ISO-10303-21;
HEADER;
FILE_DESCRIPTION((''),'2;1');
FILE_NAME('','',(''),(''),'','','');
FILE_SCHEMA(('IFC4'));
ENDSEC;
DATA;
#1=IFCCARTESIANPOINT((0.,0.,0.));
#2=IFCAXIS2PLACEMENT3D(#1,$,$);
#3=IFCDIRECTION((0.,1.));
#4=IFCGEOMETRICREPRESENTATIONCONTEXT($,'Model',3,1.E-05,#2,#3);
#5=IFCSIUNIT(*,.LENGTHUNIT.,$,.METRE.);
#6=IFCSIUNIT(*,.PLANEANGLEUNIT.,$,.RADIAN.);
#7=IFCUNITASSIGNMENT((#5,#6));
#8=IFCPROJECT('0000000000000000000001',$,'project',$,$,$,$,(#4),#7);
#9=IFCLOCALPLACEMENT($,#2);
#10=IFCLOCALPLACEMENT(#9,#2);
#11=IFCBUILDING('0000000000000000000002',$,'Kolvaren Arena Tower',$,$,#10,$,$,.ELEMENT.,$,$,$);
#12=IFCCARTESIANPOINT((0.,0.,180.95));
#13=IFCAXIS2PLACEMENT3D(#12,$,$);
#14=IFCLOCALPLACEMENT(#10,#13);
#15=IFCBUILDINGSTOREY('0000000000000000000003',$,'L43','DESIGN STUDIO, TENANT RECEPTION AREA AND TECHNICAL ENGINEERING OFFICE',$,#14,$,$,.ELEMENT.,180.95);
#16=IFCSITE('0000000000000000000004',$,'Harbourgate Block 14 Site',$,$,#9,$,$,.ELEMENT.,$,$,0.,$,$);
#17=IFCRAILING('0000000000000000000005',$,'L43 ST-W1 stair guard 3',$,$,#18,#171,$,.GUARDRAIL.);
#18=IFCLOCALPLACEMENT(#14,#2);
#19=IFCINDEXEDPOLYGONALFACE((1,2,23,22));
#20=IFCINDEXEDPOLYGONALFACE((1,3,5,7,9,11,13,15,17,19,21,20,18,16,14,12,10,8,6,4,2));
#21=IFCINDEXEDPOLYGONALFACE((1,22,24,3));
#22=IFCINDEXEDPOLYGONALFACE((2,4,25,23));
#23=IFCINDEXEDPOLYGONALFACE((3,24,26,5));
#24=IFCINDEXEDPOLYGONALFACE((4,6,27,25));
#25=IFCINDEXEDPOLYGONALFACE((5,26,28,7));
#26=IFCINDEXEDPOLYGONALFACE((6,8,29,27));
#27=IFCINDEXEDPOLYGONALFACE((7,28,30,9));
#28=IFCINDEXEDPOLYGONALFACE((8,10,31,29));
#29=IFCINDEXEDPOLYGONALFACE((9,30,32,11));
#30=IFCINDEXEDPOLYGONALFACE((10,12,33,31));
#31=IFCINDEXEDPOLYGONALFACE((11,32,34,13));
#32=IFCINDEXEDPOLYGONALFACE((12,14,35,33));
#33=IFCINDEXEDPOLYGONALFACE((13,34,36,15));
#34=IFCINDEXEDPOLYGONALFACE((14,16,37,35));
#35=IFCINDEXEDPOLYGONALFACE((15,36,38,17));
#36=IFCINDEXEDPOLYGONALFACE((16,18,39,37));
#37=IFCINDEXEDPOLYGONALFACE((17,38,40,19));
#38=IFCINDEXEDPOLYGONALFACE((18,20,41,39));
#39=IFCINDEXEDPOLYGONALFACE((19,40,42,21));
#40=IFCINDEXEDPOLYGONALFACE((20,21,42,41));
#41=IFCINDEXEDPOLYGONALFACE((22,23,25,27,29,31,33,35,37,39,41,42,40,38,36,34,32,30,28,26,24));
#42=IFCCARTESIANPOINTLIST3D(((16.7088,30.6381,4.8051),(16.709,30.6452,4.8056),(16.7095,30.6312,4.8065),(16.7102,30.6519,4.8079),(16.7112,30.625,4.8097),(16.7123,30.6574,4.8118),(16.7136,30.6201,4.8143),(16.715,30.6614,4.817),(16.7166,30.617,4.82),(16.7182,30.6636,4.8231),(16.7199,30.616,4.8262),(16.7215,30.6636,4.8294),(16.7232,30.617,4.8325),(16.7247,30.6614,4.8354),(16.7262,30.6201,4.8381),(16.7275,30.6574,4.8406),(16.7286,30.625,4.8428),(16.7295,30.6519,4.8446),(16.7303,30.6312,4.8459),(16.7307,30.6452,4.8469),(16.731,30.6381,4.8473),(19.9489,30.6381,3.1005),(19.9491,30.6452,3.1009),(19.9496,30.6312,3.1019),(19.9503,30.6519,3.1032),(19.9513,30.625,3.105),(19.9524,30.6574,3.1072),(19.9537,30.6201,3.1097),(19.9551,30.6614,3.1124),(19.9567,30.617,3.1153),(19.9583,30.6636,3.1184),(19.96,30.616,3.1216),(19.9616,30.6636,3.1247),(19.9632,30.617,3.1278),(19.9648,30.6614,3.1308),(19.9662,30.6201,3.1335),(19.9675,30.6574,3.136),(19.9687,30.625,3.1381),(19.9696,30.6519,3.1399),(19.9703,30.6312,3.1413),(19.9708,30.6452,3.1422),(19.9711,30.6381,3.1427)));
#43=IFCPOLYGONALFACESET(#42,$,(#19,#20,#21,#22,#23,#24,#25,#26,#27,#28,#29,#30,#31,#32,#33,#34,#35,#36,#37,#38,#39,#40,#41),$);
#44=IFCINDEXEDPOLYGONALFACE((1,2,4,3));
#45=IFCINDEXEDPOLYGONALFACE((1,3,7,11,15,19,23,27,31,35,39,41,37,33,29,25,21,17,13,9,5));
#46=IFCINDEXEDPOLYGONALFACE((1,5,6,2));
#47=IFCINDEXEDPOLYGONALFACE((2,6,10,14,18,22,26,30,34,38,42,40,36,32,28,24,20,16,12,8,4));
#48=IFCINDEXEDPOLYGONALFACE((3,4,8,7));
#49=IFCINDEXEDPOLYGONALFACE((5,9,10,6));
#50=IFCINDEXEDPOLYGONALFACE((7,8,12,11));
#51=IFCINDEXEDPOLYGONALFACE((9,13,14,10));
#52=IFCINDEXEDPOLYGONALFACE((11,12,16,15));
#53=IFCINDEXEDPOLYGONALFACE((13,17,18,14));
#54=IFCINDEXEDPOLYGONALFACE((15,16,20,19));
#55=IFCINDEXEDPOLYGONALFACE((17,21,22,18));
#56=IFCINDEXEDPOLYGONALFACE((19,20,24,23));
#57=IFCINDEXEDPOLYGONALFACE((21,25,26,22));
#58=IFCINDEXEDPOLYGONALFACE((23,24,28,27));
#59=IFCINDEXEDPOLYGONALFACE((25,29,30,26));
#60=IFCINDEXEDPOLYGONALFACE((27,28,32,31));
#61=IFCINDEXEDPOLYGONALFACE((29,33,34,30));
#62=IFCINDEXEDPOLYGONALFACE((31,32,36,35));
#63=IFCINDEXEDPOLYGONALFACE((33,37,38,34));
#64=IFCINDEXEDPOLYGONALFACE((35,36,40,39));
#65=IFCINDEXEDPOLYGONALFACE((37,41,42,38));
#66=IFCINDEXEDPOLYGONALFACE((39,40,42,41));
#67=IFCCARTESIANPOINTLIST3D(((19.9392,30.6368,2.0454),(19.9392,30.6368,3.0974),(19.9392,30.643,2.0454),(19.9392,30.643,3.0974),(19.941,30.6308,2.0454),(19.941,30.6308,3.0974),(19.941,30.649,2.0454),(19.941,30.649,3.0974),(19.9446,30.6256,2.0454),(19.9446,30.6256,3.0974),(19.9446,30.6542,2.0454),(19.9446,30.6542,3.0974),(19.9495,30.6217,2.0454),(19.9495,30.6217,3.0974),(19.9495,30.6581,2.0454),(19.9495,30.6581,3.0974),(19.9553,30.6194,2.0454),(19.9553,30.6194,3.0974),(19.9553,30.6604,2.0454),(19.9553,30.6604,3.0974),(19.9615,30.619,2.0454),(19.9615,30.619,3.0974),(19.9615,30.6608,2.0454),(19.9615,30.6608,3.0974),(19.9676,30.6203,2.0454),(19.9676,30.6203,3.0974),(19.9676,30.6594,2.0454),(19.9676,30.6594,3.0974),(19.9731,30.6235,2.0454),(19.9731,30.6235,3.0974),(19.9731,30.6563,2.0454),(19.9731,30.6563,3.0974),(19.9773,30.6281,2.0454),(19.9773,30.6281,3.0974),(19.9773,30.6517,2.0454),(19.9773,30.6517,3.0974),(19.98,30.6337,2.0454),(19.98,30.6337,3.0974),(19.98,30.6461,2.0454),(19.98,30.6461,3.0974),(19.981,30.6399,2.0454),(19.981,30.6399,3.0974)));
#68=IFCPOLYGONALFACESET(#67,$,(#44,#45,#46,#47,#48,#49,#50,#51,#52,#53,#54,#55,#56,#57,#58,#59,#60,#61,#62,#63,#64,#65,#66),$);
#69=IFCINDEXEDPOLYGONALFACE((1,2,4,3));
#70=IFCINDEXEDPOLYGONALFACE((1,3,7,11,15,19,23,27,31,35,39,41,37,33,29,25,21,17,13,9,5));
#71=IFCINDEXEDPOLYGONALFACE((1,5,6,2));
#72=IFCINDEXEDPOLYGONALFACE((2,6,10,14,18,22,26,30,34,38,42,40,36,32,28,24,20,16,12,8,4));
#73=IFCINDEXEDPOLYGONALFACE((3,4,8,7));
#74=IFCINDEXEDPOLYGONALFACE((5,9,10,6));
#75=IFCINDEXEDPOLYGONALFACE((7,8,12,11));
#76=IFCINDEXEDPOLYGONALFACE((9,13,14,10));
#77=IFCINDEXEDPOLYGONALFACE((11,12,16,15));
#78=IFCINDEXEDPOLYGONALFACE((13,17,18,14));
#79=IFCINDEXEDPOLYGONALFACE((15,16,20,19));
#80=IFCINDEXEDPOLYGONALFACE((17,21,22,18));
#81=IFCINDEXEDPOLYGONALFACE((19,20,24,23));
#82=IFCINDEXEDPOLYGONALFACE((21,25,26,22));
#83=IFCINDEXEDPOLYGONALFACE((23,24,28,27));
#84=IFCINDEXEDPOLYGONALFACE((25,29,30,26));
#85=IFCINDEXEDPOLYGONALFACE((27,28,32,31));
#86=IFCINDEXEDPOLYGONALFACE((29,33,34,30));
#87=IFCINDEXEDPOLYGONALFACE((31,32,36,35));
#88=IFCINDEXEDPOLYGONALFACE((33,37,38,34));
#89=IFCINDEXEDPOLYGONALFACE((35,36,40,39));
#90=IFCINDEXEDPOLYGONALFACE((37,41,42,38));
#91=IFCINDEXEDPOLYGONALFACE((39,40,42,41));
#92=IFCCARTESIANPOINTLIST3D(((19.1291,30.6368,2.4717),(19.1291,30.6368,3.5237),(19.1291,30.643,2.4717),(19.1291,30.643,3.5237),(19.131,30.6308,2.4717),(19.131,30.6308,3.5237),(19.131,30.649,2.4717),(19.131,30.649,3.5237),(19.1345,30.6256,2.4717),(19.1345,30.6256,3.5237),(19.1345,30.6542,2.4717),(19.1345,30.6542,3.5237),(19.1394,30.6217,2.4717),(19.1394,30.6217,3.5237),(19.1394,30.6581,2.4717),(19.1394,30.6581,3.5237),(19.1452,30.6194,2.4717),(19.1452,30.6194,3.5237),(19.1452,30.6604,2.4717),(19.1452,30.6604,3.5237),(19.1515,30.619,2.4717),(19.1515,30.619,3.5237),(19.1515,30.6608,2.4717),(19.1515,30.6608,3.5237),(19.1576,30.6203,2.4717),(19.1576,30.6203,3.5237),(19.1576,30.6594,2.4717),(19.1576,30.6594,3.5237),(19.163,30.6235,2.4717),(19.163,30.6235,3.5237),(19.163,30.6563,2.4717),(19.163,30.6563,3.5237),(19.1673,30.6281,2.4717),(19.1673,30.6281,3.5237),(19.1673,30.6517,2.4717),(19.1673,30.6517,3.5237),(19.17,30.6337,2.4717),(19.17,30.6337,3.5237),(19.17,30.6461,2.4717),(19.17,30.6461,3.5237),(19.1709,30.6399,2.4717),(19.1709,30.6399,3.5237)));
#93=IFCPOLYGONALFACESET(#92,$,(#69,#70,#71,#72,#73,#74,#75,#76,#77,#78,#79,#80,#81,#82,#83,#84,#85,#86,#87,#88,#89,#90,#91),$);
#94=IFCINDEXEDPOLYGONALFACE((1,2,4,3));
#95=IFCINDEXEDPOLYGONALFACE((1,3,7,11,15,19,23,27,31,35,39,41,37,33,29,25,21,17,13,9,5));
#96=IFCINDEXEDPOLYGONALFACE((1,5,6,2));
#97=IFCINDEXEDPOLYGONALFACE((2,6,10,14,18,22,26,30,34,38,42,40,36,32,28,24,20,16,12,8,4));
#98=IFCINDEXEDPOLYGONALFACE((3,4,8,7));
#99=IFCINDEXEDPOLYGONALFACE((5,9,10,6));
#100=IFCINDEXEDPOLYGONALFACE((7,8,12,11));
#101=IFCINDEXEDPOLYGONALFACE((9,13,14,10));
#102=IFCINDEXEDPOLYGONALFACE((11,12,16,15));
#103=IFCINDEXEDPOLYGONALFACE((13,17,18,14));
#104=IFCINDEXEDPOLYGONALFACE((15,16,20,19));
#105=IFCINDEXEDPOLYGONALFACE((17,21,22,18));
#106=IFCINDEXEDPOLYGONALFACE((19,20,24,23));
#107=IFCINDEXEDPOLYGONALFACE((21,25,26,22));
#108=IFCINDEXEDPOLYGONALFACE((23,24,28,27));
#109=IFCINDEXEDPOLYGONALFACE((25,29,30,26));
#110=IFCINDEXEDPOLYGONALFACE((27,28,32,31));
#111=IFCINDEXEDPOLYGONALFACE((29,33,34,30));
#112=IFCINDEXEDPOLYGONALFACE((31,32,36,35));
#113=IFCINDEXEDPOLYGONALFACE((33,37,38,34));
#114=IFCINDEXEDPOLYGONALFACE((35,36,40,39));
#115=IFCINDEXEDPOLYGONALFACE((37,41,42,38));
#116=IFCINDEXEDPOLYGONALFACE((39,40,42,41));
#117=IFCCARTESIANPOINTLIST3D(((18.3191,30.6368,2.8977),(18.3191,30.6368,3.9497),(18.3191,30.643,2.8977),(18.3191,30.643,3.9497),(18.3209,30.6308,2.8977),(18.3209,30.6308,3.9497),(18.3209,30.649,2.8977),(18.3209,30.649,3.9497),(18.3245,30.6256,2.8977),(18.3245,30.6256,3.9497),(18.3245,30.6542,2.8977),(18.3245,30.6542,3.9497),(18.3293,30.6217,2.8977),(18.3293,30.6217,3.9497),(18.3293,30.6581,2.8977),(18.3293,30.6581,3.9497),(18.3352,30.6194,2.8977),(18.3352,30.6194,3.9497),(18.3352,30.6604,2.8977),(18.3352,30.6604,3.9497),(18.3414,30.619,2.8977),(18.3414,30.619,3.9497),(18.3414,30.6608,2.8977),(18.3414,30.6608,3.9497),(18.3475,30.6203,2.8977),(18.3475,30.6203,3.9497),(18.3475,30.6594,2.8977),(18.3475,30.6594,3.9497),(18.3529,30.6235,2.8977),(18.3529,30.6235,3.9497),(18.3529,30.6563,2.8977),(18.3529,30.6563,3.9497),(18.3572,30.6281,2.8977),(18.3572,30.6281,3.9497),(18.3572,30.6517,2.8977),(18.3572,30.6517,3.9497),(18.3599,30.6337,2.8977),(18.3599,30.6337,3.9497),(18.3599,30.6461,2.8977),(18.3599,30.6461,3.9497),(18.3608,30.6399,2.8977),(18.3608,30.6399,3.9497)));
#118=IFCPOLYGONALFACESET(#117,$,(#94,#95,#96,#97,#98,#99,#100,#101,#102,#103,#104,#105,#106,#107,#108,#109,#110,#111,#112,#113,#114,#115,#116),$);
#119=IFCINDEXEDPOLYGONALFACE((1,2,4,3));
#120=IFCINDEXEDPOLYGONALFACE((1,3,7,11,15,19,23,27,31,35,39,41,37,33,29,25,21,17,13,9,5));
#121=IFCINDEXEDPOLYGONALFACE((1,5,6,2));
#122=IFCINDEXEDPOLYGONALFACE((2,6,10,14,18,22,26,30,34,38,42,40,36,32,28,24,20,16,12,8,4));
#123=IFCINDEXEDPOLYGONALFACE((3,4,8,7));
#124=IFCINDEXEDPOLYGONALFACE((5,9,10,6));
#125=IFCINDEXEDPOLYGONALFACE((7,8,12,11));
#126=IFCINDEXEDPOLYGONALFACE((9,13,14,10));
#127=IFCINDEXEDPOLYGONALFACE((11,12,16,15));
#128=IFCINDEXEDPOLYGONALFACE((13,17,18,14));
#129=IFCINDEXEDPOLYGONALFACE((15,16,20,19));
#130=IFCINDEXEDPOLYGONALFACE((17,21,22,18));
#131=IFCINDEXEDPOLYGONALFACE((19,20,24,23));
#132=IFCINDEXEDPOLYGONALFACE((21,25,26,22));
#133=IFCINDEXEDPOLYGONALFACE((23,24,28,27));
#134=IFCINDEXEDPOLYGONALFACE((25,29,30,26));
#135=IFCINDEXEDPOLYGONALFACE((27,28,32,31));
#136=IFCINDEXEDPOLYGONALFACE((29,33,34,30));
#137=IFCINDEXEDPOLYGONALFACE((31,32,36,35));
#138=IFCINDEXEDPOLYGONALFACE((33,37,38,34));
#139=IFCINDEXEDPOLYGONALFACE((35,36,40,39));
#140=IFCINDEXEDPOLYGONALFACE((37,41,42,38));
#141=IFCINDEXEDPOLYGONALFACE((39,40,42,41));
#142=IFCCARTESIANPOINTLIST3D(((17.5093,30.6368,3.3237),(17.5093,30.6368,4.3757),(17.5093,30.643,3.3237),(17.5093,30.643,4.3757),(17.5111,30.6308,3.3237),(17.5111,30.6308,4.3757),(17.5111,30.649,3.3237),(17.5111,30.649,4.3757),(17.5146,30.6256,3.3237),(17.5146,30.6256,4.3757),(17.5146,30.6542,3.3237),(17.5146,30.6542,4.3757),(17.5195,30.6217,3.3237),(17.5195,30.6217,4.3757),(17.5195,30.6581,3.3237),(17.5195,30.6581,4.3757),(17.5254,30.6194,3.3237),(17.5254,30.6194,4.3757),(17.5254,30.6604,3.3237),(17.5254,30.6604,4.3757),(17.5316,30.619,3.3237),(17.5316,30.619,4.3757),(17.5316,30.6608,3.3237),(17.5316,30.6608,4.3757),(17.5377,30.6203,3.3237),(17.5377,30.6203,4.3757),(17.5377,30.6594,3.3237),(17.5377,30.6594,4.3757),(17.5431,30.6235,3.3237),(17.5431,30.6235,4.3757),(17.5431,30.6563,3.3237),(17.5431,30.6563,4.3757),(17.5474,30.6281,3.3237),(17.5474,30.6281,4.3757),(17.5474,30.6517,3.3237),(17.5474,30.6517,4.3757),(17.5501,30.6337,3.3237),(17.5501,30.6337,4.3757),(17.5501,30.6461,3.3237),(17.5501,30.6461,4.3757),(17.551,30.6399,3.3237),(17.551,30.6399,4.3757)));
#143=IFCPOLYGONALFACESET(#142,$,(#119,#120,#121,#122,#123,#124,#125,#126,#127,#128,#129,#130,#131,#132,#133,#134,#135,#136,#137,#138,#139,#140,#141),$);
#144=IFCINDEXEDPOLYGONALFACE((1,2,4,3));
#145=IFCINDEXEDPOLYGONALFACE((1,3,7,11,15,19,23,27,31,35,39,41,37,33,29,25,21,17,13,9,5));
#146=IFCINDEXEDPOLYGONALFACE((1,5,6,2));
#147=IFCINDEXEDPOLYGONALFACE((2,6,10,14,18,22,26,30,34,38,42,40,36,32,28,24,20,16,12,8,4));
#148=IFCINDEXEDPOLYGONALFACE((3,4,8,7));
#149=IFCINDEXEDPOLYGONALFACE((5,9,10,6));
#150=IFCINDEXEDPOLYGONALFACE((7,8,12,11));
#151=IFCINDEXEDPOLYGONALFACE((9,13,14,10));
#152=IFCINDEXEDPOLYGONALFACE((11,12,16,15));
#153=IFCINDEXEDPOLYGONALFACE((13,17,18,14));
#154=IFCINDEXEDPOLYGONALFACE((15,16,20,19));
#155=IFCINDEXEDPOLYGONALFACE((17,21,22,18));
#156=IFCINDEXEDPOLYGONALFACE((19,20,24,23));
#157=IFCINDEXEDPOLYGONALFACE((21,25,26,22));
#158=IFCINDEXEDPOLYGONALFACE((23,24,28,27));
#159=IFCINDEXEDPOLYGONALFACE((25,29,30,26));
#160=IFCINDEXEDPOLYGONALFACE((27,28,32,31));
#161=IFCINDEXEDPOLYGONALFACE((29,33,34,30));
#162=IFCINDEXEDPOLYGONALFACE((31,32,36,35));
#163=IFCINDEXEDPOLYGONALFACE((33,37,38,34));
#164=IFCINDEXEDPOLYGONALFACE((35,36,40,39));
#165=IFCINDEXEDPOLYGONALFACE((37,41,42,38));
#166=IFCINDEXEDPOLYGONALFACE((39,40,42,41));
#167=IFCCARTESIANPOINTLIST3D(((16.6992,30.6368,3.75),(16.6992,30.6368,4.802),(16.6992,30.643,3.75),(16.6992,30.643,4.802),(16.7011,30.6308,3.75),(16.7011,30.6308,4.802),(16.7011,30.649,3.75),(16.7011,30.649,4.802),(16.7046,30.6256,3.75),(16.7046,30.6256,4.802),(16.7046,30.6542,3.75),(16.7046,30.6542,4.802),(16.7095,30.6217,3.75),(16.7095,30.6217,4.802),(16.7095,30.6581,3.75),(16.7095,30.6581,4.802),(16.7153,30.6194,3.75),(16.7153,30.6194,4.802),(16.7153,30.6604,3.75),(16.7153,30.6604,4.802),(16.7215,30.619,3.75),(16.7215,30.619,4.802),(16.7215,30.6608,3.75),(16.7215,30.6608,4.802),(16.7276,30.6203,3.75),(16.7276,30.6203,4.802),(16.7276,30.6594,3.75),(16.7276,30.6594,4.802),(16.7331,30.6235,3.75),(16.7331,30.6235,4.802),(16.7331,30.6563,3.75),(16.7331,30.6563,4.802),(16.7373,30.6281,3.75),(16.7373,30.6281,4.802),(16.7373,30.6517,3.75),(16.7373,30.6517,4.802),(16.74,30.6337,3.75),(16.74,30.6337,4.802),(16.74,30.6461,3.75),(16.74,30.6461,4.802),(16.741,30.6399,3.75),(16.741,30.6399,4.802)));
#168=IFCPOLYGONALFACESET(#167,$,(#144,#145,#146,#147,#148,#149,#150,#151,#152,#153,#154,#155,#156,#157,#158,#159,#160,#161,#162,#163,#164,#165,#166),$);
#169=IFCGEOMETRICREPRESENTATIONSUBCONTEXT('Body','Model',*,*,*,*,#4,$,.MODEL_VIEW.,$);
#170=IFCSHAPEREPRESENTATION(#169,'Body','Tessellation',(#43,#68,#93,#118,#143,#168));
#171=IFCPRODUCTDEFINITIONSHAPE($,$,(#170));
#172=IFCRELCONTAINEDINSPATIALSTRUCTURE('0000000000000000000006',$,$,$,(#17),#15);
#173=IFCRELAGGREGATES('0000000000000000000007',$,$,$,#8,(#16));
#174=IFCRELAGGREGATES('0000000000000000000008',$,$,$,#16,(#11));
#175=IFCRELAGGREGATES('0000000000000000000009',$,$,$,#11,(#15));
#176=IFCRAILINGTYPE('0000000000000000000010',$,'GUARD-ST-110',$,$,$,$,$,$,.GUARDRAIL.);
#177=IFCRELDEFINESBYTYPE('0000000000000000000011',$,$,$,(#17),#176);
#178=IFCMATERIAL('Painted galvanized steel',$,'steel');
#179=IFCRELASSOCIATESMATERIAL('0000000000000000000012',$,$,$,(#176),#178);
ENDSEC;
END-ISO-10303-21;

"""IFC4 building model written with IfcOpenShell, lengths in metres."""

from ifc_helpers import new_model, si_unit, direction, frame, origin, origin_2d, place, context, subcontext, project, spatial, circle, extrude, material, type_object, element, save


model = new_model("IFC4")

# Units and contexts
model_context = context("Model", 3, precision=1e-05, world=origin(), true_north=direction((0.0, 1.0)))
body_context = subcontext(model_context, "Body", "Model", "MODEL_VIEW")
ifc_project = project(units=[si_unit("LENGTHUNIT", "METRE"), si_unit("PLANEANGLEUNIT", "RADIAN")], contexts=[model_context])

# Site, building, storey
site_placement = place(None, origin())
site = spatial("IfcSite", under=ifc_project, at=site_placement, Name="Harbourgate Block 14 Site", CompositionType="ELEMENT", RefElevation=0.0)
building_placement = place(site_placement, origin())
building = spatial("IfcBuilding", under=site, at=building_placement, Name="Kolvaren Arena Tower", CompositionType="ELEMENT")
storey_placement = place(building_placement, frame((0.0, 0.0, 180.95)))
storey = spatial("IfcBuildingStorey", under=building, at=storey_placement, Name="L43", Description="DESIGN STUDIO, TENANT RECEPTION AREA AND TECHNICAL ENGINEERING OFFICE", CompositionType="ELEMENT", Elevation=180.95)

# Railing
ifc_material_1 = material(Name="Painted galvanized steel", Category="steel")
railing_type_1 = type_object("IfcRailingType", Name="GUARD-ST-110", PredefinedType="GUARDRAIL", material=ifc_material_1)
railing_1_placement = place(storey_placement, frame((19.96, 30.6399, 2.0454)))
element("IfcRailing", 1, at=railing_1_placement, inside=storey, type_object=railing_type_1, Name="L43 ST-W1 stair guard 3", PredefinedType="GUARDRAIL", context=body_context, shape_type="SweptSolid", body=[
    extrude(circle(Radius=0.0239, at=origin_2d()), frame((0.0, 0.0, 1.0762), z_axis=(-0.884993, 0.0, 0.465604), x_axis=(0.0, -1.0, 0.0)), (0.0, 0.0, 1.0), 3.6611),
    extrude(circle(Radius=0.021, at=origin_2d()), origin(), (0.0, 0.0, 1.0), 1.052),
    extrude(circle(Radius=0.021, at=origin_2d()), frame((-0.8101, 0.0, 0.4263)), (0.0, 0.0, 1.0), 1.052),
    extrude(circle(Radius=0.021, at=origin_2d()), frame((-1.6201, 0.0, 0.8523)), (0.0, 0.0, 1.0), 1.052),
    extrude(circle(Radius=0.021, at=origin_2d()), frame((-2.4299, 0.0, 1.2783)), (0.0, 0.0, 1.0), 1.052),
    extrude(circle(Radius=0.021, at=origin_2d()), frame((-3.24, 0.0, 1.7046)), (0.0, 0.0, 1.0), 1.052),
])

save(model, "model.ifc")
